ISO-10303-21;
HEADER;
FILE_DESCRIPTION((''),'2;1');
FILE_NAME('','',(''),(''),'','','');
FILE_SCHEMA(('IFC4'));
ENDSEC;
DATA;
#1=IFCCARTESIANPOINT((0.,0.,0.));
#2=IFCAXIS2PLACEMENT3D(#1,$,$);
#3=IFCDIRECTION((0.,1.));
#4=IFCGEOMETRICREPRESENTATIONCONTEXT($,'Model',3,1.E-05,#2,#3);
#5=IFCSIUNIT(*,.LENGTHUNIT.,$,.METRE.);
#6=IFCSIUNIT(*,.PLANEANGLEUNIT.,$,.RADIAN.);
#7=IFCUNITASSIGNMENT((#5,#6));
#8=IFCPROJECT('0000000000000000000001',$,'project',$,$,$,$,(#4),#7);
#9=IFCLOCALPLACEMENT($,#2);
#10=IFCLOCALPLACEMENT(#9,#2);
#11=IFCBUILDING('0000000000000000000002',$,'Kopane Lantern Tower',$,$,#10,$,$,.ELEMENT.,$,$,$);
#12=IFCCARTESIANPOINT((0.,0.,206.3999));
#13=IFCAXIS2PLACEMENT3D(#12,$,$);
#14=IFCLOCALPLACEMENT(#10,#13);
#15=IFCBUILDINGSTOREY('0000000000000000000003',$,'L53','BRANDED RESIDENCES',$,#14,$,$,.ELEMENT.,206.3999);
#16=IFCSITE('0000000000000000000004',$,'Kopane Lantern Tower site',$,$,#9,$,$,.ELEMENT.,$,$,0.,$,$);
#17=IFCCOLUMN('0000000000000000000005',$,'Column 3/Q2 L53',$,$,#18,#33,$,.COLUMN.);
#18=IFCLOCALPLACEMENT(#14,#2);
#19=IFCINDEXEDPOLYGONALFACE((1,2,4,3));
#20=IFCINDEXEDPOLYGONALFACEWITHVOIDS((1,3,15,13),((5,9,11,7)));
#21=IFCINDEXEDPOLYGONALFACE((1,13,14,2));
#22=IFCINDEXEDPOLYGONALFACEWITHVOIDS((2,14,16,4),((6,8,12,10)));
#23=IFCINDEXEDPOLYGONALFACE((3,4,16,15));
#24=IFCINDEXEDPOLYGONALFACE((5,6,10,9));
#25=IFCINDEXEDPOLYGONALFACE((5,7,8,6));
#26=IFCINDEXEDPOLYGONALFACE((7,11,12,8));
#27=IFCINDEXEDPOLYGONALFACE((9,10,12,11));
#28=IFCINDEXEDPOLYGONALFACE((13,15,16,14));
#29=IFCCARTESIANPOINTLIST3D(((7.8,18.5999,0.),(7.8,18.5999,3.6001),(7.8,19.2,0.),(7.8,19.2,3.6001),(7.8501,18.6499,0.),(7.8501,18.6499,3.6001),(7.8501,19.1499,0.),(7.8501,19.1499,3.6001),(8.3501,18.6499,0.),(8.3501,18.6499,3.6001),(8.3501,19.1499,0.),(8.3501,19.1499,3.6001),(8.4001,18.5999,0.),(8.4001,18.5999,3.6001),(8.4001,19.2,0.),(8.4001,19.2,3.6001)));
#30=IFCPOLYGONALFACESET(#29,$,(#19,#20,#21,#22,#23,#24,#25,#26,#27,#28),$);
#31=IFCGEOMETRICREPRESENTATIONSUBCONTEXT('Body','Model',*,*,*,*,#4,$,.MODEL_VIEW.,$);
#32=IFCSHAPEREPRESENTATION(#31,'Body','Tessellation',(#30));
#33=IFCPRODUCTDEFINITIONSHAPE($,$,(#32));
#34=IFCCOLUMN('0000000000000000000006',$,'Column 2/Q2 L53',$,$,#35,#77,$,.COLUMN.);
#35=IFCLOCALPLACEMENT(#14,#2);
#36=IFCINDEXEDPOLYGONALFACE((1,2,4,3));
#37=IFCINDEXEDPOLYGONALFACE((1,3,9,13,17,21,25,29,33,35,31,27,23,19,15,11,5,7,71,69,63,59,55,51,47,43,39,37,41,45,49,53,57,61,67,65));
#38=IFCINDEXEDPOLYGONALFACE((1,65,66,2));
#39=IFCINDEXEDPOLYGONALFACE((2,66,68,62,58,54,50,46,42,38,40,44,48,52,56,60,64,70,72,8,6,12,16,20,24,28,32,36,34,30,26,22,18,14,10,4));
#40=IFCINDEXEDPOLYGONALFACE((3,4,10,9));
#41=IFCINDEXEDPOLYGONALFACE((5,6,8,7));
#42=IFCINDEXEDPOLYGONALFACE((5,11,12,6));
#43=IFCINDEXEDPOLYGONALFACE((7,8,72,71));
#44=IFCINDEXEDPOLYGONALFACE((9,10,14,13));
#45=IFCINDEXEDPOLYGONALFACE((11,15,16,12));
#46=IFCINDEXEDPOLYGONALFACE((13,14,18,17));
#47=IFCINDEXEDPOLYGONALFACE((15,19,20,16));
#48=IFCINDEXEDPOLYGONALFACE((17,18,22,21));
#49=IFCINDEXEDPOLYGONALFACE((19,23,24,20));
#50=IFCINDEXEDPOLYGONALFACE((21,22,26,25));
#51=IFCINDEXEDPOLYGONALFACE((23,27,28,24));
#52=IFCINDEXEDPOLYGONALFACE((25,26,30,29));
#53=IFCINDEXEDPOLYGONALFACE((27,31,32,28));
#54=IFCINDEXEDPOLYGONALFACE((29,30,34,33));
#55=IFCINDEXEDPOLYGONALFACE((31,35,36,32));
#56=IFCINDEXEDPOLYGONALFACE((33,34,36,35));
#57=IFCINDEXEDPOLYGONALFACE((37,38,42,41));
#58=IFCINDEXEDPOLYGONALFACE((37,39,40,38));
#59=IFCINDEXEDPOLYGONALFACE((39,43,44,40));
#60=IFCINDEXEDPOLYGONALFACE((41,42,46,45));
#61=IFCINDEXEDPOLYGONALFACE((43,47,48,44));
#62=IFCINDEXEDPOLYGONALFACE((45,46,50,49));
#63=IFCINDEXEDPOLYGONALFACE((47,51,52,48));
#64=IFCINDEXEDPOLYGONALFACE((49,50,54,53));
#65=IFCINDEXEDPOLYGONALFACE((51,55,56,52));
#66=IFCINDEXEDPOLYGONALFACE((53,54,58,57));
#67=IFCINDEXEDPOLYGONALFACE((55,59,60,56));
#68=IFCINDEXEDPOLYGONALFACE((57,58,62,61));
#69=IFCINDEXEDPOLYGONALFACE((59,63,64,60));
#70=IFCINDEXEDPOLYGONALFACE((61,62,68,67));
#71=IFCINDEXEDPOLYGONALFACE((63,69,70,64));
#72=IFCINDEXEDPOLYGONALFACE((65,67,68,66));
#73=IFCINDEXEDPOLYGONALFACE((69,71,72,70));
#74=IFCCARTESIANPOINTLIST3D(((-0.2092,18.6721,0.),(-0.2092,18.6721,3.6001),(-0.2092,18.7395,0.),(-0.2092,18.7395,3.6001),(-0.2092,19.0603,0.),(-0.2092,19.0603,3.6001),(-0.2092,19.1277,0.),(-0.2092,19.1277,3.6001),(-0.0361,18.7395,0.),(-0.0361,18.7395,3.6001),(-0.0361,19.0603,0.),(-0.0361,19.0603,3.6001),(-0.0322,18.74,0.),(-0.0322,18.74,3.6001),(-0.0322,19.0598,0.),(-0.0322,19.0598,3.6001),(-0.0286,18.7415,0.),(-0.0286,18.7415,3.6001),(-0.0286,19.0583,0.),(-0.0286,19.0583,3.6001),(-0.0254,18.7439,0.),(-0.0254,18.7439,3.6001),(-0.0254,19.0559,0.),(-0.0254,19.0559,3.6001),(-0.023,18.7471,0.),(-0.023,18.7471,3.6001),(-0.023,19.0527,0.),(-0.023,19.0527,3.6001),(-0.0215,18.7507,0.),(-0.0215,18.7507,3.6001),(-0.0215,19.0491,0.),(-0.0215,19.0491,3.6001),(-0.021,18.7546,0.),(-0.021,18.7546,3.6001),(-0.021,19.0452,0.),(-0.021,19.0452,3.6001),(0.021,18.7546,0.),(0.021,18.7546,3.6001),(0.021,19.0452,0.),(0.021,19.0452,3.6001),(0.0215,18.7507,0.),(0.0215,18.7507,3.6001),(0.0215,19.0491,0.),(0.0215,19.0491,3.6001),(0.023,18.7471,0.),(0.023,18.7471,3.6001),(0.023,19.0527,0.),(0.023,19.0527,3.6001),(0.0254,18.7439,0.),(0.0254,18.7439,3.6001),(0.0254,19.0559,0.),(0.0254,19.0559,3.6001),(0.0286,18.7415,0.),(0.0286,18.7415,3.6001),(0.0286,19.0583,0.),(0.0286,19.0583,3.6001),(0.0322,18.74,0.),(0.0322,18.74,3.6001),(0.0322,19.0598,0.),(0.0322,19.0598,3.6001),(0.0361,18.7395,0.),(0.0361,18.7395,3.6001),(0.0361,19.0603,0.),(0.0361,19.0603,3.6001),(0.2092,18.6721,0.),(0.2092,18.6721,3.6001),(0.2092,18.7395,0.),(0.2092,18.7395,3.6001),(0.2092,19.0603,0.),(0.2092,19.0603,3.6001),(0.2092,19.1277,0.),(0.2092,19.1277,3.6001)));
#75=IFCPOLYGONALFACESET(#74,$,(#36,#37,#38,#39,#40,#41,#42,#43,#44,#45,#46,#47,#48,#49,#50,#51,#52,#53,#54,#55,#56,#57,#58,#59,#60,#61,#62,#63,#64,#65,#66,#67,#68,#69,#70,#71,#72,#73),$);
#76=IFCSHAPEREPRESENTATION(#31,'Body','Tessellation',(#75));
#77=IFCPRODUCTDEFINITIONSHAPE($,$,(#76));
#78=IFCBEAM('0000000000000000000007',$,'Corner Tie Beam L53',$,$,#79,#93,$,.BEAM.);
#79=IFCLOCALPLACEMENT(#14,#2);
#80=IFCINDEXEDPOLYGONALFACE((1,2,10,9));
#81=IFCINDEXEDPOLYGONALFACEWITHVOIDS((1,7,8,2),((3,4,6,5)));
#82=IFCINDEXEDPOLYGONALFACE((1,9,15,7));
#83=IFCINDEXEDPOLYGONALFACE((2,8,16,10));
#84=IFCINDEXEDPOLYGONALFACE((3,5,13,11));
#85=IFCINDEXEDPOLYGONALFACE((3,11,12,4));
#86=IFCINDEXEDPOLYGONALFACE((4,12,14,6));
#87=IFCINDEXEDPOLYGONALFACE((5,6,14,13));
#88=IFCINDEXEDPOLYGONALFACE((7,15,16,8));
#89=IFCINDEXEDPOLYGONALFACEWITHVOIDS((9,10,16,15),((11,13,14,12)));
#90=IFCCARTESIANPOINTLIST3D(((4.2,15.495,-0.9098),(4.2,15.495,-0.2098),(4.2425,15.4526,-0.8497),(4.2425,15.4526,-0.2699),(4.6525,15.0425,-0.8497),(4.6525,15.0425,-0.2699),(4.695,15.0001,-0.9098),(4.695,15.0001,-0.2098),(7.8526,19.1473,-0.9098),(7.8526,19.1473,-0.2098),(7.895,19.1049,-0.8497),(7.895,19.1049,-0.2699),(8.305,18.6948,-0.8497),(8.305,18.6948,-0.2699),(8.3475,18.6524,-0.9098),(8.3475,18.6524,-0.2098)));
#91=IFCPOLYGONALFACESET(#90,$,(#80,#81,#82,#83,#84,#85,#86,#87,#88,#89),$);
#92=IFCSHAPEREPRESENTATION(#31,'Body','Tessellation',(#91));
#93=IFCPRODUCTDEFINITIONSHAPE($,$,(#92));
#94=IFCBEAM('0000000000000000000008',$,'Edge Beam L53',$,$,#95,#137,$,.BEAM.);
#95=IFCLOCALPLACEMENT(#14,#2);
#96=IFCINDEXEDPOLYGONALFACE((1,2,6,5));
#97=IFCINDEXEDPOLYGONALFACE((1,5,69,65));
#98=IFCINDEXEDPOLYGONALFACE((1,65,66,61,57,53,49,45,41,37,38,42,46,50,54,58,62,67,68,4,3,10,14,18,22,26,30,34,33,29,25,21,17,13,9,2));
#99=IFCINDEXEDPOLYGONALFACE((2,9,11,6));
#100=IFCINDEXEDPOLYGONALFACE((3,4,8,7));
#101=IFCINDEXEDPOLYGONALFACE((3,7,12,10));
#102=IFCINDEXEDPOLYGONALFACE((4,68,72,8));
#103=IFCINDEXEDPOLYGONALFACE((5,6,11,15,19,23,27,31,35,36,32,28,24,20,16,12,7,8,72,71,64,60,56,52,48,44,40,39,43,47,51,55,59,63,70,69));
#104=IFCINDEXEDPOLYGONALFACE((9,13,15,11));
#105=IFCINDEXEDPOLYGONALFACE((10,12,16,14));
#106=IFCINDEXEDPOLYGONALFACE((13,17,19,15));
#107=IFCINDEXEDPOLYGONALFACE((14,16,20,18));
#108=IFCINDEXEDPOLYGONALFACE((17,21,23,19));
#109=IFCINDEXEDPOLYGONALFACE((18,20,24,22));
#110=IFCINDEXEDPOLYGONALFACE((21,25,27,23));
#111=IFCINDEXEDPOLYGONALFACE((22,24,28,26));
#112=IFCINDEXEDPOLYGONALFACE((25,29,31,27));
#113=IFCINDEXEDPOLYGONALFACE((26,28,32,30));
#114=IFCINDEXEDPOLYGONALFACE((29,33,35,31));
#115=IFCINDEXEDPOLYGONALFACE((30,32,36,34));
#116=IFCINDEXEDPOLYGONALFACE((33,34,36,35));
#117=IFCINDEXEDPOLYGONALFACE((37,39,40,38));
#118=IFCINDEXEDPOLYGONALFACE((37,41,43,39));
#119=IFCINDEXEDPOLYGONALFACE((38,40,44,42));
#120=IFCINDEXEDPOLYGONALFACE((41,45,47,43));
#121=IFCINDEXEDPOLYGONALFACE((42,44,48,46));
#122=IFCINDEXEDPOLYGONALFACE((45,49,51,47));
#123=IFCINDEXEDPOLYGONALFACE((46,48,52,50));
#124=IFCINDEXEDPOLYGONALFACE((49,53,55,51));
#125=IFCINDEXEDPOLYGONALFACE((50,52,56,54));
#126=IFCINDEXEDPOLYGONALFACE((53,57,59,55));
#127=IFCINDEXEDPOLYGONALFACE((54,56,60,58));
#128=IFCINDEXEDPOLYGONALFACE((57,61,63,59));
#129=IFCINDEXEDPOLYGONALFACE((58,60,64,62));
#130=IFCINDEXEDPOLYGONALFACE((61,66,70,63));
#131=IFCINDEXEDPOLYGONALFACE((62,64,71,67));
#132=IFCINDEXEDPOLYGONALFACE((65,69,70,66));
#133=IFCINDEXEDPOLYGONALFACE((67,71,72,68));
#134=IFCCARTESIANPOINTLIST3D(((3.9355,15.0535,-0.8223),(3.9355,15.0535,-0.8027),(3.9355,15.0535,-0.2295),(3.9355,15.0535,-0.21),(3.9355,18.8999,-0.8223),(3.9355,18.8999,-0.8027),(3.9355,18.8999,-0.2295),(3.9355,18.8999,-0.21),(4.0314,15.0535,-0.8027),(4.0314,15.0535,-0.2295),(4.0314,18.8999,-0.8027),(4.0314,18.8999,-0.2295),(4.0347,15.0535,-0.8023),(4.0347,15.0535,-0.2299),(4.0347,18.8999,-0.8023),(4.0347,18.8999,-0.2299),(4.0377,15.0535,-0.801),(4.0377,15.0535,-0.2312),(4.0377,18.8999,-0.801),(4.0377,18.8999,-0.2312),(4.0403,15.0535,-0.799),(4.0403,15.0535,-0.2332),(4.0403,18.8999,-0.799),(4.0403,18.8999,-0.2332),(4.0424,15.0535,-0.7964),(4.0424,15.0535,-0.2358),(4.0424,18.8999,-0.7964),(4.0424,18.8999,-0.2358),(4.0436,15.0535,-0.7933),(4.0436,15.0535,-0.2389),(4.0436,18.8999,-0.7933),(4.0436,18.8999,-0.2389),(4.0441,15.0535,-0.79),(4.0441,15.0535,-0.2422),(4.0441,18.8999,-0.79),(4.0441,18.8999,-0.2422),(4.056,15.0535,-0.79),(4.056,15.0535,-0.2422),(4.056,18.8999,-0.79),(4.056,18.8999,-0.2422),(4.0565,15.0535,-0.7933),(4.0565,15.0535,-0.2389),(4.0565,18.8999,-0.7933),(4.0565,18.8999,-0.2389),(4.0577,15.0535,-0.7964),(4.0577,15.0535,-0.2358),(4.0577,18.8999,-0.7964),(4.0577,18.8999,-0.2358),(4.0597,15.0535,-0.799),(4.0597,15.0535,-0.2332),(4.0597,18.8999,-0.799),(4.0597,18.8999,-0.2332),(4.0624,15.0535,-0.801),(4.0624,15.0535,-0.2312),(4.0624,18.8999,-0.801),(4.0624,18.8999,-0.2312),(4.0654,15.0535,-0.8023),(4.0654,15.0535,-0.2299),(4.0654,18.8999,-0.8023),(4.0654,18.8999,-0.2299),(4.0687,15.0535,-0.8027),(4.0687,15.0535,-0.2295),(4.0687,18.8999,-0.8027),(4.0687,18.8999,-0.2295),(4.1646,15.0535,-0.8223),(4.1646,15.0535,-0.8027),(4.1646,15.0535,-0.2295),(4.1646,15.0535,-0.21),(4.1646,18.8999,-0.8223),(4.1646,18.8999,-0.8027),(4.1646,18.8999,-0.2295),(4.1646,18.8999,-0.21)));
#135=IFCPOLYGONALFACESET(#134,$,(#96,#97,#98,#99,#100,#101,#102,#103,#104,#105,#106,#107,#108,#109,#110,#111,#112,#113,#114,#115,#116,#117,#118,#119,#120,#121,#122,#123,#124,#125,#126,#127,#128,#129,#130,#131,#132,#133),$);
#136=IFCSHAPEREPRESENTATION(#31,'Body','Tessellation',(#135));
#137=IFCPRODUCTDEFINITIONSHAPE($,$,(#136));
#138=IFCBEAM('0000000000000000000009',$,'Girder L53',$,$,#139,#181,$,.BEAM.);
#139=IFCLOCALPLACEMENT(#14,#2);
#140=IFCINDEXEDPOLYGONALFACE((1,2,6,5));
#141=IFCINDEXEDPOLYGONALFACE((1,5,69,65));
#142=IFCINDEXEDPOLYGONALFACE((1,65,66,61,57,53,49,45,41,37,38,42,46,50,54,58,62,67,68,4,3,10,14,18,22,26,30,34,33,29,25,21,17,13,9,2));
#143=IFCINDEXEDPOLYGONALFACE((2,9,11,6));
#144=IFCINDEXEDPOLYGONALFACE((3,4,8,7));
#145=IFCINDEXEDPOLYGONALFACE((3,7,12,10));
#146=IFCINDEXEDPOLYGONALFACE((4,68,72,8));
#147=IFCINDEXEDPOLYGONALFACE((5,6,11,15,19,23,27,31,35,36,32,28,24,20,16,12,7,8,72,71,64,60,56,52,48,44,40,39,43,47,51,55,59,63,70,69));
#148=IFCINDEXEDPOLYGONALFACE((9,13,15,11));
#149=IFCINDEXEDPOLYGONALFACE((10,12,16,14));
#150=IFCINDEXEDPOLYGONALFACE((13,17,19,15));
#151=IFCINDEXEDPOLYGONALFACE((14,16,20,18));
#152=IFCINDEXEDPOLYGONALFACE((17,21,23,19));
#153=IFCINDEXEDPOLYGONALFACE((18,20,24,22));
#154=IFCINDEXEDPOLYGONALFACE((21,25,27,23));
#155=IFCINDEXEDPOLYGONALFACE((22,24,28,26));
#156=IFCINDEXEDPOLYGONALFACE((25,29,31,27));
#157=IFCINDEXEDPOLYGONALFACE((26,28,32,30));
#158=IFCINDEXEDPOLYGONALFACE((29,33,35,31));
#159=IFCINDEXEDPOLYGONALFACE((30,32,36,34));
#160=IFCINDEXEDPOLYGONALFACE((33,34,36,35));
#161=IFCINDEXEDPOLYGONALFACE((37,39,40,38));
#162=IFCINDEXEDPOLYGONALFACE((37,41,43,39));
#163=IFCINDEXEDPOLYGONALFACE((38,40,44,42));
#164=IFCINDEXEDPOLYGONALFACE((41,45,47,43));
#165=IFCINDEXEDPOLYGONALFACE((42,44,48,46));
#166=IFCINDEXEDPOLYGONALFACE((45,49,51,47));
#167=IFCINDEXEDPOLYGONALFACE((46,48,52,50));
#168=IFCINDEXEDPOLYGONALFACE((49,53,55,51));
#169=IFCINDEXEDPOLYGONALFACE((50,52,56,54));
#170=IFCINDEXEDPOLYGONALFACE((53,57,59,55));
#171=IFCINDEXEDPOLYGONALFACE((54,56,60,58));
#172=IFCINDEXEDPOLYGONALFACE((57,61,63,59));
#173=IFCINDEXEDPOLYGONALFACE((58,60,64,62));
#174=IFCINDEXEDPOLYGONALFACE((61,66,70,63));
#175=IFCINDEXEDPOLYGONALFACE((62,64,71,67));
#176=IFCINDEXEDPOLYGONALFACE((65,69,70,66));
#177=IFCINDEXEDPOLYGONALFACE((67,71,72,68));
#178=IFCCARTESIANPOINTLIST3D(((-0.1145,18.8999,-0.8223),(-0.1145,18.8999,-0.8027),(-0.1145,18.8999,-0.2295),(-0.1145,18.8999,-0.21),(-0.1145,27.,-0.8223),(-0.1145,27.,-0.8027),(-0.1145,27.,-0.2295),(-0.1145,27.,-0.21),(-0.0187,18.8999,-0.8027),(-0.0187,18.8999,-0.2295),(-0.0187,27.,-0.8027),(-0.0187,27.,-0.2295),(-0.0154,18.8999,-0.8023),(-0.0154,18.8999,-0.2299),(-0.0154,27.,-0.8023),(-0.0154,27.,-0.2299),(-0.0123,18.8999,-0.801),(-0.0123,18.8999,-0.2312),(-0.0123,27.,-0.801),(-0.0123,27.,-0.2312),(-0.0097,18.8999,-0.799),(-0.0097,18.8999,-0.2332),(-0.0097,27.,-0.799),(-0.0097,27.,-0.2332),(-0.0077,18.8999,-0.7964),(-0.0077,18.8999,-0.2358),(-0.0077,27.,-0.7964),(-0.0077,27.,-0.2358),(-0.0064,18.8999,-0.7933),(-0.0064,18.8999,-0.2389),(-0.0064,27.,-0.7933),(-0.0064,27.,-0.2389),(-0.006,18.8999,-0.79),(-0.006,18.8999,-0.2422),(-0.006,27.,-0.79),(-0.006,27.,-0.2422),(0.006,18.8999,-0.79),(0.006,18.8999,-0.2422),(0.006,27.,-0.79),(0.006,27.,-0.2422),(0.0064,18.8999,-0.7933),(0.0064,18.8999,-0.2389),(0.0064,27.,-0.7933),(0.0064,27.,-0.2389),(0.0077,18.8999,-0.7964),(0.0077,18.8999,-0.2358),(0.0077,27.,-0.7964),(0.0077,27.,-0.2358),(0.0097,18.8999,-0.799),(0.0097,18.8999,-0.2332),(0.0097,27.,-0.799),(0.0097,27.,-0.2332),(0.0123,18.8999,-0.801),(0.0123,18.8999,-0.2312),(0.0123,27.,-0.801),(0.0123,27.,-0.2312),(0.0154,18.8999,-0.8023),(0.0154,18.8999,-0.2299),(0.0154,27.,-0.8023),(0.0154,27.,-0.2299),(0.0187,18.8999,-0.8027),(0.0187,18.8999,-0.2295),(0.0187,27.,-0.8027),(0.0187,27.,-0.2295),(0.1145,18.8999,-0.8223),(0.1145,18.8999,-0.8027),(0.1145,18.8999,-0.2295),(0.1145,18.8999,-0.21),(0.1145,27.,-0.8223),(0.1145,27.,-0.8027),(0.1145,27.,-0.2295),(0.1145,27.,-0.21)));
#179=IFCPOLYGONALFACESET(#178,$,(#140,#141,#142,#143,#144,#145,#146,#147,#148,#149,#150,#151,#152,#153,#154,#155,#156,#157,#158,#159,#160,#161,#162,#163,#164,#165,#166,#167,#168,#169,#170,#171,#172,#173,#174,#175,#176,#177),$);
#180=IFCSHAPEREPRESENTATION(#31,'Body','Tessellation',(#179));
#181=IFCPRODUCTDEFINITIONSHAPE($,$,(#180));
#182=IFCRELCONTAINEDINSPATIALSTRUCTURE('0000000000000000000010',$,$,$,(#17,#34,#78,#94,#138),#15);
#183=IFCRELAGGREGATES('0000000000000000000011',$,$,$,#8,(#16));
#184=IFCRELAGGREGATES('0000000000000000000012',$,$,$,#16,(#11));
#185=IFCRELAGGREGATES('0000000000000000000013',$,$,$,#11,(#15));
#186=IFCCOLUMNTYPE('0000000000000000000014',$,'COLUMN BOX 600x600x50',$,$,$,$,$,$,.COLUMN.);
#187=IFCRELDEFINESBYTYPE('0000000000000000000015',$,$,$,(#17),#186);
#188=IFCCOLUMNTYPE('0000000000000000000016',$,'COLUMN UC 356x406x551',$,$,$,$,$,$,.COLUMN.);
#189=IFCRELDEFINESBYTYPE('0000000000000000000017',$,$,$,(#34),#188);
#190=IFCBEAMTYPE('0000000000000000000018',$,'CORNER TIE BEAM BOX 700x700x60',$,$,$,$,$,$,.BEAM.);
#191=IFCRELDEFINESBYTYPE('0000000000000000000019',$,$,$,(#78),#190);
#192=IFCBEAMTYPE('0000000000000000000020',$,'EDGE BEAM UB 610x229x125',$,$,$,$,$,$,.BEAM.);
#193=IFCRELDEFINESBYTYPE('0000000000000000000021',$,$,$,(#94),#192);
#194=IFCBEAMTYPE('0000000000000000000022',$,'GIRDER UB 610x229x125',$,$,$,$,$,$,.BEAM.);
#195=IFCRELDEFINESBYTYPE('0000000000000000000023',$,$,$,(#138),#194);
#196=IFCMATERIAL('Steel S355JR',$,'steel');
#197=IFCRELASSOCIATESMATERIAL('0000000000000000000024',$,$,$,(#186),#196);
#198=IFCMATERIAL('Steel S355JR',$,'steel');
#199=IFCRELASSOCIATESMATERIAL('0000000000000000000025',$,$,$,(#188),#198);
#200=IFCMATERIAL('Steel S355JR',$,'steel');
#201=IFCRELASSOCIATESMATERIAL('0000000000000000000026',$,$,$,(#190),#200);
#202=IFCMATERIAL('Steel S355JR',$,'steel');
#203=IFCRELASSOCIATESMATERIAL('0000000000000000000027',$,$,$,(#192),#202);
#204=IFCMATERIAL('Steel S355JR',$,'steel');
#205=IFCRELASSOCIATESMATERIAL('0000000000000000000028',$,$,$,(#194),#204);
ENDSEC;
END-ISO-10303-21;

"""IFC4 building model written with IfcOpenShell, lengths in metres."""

from ifc_helpers import new_model, si_unit, direction, frame, origin, origin_2d, place, context, subcontext, project, spatial, hollow_rectangle, i_section, extrude, material, material_profile, profile_set, type_object, element, save


model = new_model("IFC4")

# Units and contexts
model_context = context("Model", 3, precision=1e-05, world=origin(), true_north=direction((0.0, 1.0)))
body_context = subcontext(model_context, "Body", "Model", "MODEL_VIEW")
ifc_project = project(units=[si_unit("LENGTHUNIT", "METRE"), si_unit("PLANEANGLEUNIT", "RADIAN")], contexts=[model_context])

# Site, building, storey
site_placement = place(None, origin())
site = spatial("IfcSite", under=ifc_project, at=site_placement, Name="Kopane Lantern Tower site", CompositionType="ELEMENT", RefElevation=0.0)
building_placement = place(site_placement, origin())
building = spatial("IfcBuilding", under=site, at=building_placement, Name="Kopane Lantern Tower", CompositionType="ELEMENT")
storey_placement = place(building_placement, frame((0.0, 0.0, 206.3999)))
storey = spatial("IfcBuildingStorey", under=building, at=storey_placement, Name="L53", Description="BRANDED RESIDENCES", CompositionType="ELEMENT", Elevation=206.3999)

# Columns
ifc_material_1 = material(Name="Steel S355JR", Category="steel")
ifc_material_profile_1 = material_profile(ifc_material_1, hollow_rectangle(XDim=0.6001, YDim=0.6001, WallThickness=0.05, at=origin_2d()), Name="BOX 600x600x50")
ifc_profile_set_1 = profile_set([ifc_material_profile_1], Name="Steel S355JR")
column_type_1 = type_object("IfcColumnType", Name="COLUMN BOX 600x600x50", PredefinedType="COLUMN", material=ifc_profile_set_1)
column_1_placement = place(storey_placement, frame((8.1001, 18.8999, 0.0), z_axis=(0.0, 0.0, 1.0), x_axis=(1.0, 0.0, 0.0)))
element("IfcColumn", 1, at=column_1_placement, inside=storey, type_object=column_type_1, Name="Column 3/Q2 L53", PredefinedType="COLUMN", context=body_context, shape_type="SweptSolid", body=[
    extrude(hollow_rectangle(XDim=0.6001, YDim=0.6001, WallThickness=0.05, at=origin_2d()), origin(), (0.0, 0.0, 1.0), 3.6001),
])
ifc_material_2 = material(Name="Steel S355JR", Category="steel")
ifc_material_profile_2 = material_profile(ifc_material_2, i_section(OverallWidth=0.4185, OverallDepth=0.4556, WebThickness=0.042, FlangeThickness=0.0674, FilletRadius=0.0151, at=origin_2d()), Name="UC 356x406x551")
ifc_profile_set_2 = profile_set([ifc_material_profile_2], Name="Steel S355JR")
column_type_2 = type_object("IfcColumnType", Name="COLUMN UC 356x406x551", PredefinedType="COLUMN", material=ifc_profile_set_2)
column_2_placement = place(storey_placement, frame((0.0, 18.8999, 0.0), z_axis=(0.0, 0.0, 1.0), x_axis=(1.0, 0.0, 0.0)))
element("IfcColumn", 2, at=column_2_placement, inside=storey, type_object=column_type_2, Name="Column 2/Q2 L53", PredefinedType="COLUMN", context=body_context, shape_type="SweptSolid", body=[
    extrude(i_section(OverallWidth=0.4185, OverallDepth=0.4556, WebThickness=0.042, FlangeThickness=0.0674, FilletRadius=0.0151, at=origin_2d()), origin(), (0.0, 0.0, 1.0), 3.6001),
])

# Beams
ifc_material_3 = material(Name="Steel S355JR", Category="steel")
ifc_material_profile_3 = material_profile(ifc_material_3, hollow_rectangle(XDim=0.7, YDim=0.7, WallThickness=0.0601, at=origin_2d()), Name="BOX 700x700x60")
ifc_profile_set_3 = profile_set([ifc_material_profile_3], Name="Steel S355JR")
beam_type_1 = type_object("IfcBeamType", Name="CORNER TIE BEAM BOX 700x700x60", PredefinedType="BEAM", material=ifc_profile_set_3)
beam_1_placement = place(storey_placement, frame((4.4475, 15.2476, -0.5598), z_axis=(0.70713, 0.707083, 0.0), x_axis=(-0.707083, 0.70713, 0.0)))
element("IfcBeam", 3, at=beam_1_placement, inside=storey, type_object=beam_type_1, Name="Corner Tie Beam L53", PredefinedType="BEAM", context=body_context, shape_type="SweptSolid", body=[
    extrude(hollow_rectangle(XDim=0.7, YDim=0.7, WallThickness=0.0601, at=origin_2d()), origin(), (0.0, 0.0, 1.0), 5.1653),
])
ifc_material_4 = material(Name="Steel S355JR", Category="steel")
ifc_material_profile_4 = material_profile(ifc_material_4, i_section(OverallWidth=0.229, OverallDepth=0.6123, WebThickness=0.012, FlangeThickness=0.0195, FilletRadius=0.0127, at=origin_2d()), Name="UB 610x229x125")
ifc_profile_set_4 = profile_set([ifc_material_profile_4], Name="Steel S355JR")
beam_type_2 = type_object("IfcBeamType", Name="EDGE BEAM UB 610x229x125", PredefinedType="BEAM", material=ifc_profile_set_4)
beam_2_placement = place(storey_placement, frame((4.05, 15.0535, -0.5161), z_axis=(0.0, 1.0, 0.0), x_axis=(-1.0, 0.0, 0.0)))
element("IfcBeam", 4, at=beam_2_placement, inside=storey, type_object=beam_type_2, Name="Edge Beam L53", PredefinedType="BEAM", context=body_context, shape_type="SweptSolid", body=[
    extrude(i_section(OverallWidth=0.229, OverallDepth=0.6123, WebThickness=0.012, FlangeThickness=0.0195, FilletRadius=0.0127, at=origin_2d()), origin(), (0.0, 0.0, 1.0), 3.8464),
])
ifc_material_5 = material(Name="Steel S355JR", Category="steel")
ifc_material_profile_5 = material_profile(ifc_material_5, i_section(OverallWidth=0.229, OverallDepth=0.6123, WebThickness=0.012, FlangeThickness=0.0195, FilletRadius=0.0127, at=origin_2d()), Name="UB 610x229x125")
ifc_profile_set_5 = profile_set([ifc_material_profile_5], Name="Steel S355JR")
beam_type_3 = type_object("IfcBeamType", Name="GIRDER UB 610x229x125", PredefinedType="BEAM", material=ifc_profile_set_5)
for number, where, z_axis, x_axis, name in (
    (5, (0.0, 18.8999, -0.5161), (0.0, 1.0, 0.0), (-1.0, 0.0, 0.0), "Girder L53"),
):
    element("IfcBeam", number, at=place(storey_placement, frame(where, z_axis=z_axis, x_axis=x_axis)), inside=storey, type_object=beam_type_3, Name=name, PredefinedType="BEAM", context=body_context, shape_type="SweptSolid", body=[
        extrude(i_section(OverallWidth=0.229, OverallDepth=0.6123, WebThickness=0.012, FlangeThickness=0.0195, FilletRadius=0.0127, at=origin_2d()), origin(), (0.0, 0.0, 1.0), 8.1001),
    ])

save(model, "model.ifc")
